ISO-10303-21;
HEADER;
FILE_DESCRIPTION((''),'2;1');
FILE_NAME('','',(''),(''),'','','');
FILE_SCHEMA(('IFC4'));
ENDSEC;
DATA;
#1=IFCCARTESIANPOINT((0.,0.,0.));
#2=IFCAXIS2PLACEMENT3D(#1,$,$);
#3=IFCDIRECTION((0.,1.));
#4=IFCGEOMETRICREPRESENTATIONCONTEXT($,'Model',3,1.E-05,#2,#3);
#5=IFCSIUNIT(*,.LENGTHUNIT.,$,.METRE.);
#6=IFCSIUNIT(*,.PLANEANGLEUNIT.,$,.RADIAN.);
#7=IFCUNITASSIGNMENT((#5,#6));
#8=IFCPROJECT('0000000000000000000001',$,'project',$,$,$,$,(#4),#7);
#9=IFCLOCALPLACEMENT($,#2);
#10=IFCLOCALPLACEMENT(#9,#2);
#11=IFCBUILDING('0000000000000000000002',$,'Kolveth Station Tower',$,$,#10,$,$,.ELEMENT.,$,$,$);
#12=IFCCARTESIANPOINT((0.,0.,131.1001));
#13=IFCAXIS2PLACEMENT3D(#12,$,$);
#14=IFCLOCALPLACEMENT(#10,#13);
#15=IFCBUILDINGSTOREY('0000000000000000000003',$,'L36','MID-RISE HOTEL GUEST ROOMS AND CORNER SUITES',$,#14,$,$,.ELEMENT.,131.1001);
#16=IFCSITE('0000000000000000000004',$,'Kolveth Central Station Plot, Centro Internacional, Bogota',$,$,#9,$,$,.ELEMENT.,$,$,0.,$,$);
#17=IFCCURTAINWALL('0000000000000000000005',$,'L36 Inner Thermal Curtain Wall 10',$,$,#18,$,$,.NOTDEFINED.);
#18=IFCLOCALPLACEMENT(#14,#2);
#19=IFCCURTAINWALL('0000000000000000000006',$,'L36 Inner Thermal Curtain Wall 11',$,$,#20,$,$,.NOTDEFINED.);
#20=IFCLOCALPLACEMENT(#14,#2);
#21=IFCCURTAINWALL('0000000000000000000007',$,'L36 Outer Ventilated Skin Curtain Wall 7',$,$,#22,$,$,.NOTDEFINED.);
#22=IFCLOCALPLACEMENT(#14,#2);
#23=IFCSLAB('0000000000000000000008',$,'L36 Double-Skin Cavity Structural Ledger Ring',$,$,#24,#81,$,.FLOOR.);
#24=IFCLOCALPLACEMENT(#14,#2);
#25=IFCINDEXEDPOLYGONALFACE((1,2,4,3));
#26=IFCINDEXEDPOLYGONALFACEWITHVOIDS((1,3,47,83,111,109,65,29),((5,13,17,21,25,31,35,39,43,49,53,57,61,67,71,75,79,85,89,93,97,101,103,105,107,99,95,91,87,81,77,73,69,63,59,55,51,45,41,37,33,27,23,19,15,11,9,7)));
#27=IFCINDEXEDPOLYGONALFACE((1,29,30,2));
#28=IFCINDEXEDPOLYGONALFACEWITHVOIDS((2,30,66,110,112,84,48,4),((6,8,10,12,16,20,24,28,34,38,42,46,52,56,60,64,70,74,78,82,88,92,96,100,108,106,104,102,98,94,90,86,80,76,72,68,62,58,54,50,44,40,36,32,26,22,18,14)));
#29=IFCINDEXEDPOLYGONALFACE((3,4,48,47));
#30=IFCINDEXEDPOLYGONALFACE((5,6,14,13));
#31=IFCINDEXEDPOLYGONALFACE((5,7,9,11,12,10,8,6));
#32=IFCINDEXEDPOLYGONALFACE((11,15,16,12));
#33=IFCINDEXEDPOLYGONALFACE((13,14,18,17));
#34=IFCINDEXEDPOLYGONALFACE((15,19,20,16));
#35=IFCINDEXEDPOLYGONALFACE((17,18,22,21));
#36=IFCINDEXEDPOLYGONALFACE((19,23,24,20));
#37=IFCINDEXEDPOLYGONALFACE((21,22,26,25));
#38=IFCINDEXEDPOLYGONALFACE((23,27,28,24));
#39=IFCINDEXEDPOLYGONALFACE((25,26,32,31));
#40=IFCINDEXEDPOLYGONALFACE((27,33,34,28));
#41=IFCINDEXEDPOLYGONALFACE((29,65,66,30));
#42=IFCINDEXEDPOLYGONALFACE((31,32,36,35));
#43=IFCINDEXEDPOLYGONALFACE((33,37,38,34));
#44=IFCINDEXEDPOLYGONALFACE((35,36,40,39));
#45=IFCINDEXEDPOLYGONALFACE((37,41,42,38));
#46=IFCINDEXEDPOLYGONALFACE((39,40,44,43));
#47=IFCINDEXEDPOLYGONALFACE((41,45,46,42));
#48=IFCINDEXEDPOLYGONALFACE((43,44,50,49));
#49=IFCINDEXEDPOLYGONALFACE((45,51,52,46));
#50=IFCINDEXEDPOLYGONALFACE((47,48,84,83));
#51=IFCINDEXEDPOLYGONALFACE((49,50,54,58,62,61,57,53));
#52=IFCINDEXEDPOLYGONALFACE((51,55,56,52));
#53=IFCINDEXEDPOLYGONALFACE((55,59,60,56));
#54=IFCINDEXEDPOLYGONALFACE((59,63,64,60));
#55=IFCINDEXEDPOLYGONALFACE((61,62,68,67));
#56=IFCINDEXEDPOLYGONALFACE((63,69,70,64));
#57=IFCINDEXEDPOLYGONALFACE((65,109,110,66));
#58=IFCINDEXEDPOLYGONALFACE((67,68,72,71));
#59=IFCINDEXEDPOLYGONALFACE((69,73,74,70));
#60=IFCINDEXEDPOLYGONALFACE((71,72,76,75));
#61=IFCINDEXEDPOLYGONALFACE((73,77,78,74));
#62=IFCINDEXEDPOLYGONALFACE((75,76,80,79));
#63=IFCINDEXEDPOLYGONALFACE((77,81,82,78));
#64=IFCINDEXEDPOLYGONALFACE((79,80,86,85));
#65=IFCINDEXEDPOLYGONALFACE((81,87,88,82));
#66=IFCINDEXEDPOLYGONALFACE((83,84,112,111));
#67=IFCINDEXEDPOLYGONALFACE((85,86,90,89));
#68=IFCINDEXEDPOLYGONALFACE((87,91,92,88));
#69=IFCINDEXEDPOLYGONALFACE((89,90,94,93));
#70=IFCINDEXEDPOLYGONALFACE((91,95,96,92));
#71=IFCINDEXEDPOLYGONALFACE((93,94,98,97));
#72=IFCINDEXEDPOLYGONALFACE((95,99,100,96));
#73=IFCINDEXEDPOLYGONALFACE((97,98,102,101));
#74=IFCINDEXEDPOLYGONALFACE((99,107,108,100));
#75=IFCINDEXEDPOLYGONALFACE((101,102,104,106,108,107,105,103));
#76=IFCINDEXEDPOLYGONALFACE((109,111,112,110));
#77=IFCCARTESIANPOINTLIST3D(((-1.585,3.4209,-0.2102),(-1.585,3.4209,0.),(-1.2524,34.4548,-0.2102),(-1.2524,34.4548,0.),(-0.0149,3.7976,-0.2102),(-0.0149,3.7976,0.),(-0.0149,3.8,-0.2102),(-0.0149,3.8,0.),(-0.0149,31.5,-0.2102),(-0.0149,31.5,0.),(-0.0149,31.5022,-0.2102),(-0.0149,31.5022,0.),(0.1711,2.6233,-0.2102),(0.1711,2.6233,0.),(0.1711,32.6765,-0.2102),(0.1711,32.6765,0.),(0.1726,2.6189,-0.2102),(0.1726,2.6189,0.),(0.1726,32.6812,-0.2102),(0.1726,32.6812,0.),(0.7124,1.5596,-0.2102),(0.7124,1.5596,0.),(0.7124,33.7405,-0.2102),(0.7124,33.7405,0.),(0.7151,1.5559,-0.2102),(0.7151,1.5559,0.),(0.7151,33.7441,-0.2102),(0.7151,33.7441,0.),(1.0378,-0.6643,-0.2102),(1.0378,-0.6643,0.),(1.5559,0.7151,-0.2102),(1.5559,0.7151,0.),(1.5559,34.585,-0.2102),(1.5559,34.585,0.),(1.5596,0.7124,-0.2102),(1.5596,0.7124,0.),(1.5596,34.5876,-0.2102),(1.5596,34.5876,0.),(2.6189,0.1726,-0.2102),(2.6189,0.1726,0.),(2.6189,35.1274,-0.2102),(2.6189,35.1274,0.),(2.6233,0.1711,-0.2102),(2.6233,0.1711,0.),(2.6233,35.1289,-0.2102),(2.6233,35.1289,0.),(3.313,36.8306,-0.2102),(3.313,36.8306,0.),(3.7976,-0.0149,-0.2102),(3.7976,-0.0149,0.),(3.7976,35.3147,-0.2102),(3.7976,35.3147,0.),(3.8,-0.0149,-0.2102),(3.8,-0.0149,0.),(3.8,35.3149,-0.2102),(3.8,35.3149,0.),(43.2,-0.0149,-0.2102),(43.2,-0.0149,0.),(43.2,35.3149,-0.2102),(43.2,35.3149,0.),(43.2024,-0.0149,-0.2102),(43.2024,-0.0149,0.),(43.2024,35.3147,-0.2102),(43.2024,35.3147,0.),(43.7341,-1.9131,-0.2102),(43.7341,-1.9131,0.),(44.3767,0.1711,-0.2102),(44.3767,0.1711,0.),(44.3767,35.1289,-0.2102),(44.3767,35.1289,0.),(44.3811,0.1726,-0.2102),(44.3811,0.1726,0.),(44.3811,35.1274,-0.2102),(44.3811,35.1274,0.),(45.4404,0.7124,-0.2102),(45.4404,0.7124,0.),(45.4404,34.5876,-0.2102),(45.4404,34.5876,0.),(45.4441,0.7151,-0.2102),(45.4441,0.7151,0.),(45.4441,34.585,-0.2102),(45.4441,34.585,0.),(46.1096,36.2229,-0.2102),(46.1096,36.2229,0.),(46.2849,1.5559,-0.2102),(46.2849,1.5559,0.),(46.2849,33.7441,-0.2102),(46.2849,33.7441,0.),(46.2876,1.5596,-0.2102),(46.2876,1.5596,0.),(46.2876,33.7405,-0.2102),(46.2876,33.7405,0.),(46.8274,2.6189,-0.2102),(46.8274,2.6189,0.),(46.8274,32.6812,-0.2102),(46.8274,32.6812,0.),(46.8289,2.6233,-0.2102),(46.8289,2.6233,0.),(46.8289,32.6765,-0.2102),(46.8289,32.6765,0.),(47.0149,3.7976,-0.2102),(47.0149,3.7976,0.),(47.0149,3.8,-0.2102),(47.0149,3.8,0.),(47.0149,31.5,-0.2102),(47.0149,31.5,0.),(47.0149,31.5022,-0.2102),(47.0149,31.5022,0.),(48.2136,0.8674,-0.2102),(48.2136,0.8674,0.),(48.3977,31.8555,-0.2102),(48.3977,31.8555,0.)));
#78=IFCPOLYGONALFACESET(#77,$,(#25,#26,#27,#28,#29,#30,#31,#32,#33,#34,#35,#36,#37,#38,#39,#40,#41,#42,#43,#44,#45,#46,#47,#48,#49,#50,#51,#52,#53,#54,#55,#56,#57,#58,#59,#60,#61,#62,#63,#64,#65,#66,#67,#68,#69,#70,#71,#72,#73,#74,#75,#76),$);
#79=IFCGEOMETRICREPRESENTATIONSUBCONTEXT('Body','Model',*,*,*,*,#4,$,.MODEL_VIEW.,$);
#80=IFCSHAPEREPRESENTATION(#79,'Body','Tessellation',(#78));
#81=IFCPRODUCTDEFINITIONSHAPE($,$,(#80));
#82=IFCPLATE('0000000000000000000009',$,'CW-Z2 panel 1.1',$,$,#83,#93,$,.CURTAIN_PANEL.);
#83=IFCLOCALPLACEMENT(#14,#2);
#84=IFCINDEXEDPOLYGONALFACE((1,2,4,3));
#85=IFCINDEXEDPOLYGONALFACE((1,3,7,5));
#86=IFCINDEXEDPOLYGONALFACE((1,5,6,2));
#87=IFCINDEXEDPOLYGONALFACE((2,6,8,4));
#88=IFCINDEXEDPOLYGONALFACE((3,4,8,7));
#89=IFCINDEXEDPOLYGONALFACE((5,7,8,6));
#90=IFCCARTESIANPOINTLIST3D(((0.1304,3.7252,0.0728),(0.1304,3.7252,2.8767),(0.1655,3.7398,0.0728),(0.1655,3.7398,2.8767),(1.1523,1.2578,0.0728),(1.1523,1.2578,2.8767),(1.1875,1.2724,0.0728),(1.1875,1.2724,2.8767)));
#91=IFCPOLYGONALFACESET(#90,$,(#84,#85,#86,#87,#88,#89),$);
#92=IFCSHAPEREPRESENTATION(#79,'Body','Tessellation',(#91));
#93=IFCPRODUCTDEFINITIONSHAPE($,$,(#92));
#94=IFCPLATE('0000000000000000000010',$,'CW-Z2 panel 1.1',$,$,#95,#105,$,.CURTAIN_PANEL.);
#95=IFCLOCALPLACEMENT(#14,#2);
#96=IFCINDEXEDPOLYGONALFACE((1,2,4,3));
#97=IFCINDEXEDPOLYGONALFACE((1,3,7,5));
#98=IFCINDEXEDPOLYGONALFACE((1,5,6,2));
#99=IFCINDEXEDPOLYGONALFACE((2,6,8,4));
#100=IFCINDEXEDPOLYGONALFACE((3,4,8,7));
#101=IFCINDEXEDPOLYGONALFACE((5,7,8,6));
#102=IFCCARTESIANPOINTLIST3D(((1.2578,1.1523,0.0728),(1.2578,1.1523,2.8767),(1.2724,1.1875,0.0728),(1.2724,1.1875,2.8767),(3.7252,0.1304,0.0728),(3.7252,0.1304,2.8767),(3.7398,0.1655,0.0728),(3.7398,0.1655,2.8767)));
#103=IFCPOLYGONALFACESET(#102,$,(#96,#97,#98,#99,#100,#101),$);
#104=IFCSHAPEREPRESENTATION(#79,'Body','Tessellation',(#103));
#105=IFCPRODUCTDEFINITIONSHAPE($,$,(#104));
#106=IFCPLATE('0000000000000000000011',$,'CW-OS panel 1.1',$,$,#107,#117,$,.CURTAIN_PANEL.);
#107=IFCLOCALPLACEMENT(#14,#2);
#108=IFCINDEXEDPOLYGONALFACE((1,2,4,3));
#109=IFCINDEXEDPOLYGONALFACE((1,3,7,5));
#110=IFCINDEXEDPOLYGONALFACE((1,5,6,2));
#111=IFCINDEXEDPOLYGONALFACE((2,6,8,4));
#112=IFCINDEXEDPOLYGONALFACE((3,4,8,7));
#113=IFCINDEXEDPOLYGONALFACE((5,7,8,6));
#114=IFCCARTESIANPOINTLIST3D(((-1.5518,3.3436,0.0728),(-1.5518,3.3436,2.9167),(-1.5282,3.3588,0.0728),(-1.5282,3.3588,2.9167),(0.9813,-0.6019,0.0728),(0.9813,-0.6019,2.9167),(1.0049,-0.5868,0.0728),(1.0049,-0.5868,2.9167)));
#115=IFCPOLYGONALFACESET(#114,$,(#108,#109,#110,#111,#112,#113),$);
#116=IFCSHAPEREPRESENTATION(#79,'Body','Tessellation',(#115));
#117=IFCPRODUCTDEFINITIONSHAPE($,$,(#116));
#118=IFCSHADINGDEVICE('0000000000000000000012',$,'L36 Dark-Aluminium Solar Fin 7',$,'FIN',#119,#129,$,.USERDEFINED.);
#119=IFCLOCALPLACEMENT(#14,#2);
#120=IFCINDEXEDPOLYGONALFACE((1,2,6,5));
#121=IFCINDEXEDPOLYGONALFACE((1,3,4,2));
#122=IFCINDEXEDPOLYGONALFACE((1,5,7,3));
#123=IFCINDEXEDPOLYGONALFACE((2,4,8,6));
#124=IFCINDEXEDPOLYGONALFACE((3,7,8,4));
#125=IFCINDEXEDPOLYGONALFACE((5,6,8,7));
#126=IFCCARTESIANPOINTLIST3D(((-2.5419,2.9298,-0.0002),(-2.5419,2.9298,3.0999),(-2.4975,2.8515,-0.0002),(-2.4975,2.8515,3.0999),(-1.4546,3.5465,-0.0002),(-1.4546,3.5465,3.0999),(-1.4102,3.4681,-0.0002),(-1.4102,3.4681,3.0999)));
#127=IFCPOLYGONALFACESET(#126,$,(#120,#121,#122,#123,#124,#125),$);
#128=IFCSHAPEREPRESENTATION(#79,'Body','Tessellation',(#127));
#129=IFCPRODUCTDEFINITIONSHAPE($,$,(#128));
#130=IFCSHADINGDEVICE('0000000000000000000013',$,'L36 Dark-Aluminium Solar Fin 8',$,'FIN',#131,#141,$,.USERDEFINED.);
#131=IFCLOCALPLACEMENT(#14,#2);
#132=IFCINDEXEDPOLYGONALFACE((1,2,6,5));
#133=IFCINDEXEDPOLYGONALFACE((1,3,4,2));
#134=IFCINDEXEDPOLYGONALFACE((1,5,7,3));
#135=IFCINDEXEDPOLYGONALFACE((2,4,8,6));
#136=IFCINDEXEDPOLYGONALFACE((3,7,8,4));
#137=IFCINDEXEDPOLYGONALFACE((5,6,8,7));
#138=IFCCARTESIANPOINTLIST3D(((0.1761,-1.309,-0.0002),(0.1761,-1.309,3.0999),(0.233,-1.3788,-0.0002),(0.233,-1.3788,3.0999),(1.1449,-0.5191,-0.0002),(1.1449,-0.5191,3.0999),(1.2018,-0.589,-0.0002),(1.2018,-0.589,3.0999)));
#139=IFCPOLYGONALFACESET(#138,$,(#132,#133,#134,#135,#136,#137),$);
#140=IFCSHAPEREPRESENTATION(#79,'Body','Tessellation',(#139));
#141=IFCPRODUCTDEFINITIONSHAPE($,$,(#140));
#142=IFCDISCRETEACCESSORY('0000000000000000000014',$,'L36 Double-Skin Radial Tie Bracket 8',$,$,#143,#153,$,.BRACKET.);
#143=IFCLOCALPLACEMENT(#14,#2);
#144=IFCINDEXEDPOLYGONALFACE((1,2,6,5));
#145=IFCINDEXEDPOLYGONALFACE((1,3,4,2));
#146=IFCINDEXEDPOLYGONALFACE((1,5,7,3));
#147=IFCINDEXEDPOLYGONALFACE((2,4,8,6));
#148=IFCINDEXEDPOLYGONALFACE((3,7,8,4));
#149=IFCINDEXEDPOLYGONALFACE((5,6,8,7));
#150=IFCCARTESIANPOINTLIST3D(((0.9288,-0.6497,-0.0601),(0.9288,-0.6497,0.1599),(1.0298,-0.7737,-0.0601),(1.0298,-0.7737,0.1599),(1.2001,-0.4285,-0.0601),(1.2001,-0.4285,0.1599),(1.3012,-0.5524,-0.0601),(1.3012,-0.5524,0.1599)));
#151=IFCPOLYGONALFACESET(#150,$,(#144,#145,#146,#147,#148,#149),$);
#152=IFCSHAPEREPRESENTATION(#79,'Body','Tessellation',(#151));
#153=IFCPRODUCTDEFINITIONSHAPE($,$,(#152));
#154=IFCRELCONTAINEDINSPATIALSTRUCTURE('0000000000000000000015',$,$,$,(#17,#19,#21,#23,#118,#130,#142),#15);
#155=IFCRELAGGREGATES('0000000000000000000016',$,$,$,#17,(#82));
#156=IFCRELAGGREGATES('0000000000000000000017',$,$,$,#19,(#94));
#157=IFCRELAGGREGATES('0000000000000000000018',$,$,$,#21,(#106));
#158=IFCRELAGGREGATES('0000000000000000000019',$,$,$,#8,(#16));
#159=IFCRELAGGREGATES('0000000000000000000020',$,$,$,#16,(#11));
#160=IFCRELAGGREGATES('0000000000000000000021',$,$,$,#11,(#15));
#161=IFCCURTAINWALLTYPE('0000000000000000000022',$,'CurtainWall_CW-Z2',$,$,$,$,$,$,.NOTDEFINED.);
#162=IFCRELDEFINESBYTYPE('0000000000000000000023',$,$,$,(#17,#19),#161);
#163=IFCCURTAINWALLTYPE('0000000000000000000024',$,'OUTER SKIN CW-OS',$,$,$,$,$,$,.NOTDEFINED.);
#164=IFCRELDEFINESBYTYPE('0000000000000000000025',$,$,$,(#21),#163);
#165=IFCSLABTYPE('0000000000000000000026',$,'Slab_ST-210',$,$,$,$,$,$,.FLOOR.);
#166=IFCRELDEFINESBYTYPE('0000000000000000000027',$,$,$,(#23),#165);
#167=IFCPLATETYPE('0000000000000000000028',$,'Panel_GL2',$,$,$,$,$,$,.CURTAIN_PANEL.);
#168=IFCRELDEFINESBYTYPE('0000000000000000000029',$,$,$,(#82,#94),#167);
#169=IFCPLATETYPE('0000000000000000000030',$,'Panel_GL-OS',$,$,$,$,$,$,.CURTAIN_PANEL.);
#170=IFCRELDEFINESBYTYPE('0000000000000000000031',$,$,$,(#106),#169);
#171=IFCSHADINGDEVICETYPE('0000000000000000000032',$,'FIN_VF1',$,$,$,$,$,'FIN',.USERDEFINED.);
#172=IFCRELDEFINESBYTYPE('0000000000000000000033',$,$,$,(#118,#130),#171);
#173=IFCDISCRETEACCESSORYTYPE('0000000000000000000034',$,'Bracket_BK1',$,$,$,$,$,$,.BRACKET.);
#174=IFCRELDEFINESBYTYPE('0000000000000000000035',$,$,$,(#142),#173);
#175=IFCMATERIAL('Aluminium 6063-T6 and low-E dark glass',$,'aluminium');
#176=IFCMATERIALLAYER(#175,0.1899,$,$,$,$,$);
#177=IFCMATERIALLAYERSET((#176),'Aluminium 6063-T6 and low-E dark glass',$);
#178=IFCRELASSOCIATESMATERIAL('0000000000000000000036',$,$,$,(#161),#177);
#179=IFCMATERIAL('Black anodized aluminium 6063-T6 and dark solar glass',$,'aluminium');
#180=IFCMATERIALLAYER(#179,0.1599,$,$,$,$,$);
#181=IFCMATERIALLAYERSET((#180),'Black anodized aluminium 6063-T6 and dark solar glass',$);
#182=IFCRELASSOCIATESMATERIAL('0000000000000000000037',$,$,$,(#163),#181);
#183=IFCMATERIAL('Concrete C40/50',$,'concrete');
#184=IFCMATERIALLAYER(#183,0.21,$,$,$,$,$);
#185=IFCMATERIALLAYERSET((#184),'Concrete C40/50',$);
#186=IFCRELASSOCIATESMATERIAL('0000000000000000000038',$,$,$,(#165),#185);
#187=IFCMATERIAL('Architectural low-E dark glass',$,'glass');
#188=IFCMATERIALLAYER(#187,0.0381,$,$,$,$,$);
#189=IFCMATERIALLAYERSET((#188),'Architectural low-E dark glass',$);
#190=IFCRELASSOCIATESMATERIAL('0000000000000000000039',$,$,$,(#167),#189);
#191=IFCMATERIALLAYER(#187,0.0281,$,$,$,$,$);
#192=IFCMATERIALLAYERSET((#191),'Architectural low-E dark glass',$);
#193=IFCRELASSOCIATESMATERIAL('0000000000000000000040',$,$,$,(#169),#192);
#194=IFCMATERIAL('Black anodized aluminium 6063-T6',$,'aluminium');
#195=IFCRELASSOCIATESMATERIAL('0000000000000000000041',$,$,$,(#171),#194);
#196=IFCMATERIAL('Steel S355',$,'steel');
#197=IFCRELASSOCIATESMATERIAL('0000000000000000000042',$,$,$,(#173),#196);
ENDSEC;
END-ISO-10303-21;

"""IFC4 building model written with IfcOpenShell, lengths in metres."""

from ifc_helpers import new_model, si_unit, direction, frame, origin, origin_2d, place, context, subcontext, project, spatial, polyline, rectangle, outline, extrude, source, transform, mapped, material, layer, layer_set, type_object, element, aggregate, save


model = new_model("IFC4")

# Units and contexts
model_context = context("Model", 3, precision=1e-05, world=origin(), true_north=direction((0.0, 1.0)))
body_context = subcontext(model_context, "Body", "Model", "MODEL_VIEW")
ifc_project = project(units=[si_unit("LENGTHUNIT", "METRE"), si_unit("PLANEANGLEUNIT", "RADIAN")], contexts=[model_context])

# Site, building, storey
site_placement = place(None, origin())
site = spatial("IfcSite", under=ifc_project, at=site_placement, Name="Kolveth Central Station Plot, Centro Internacional, Bogota", CompositionType="ELEMENT", RefElevation=0.0)
building_placement = place(site_placement, origin())
building = spatial("IfcBuilding", under=site, at=building_placement, Name="Kolveth Station Tower", CompositionType="ELEMENT")
storey_placement = place(building_placement, frame((0.0, 0.0, 131.1001)))
storey = spatial("IfcBuildingStorey", under=building, at=storey_placement, Name="L36", Description="MID-RISE HOTEL GUEST ROOMS AND CORNER SUITES", CompositionType="ELEMENT", Elevation=131.1001)

# Curtain wall
ifc_material_1 = material(Name="Aluminium 6063-T6 and low-E dark glass", Category="aluminium")
ifc_layer_1 = layer(ifc_material_1, 0.1899)
ifc_layer_set_1 = layer_set([ifc_layer_1], Name="Aluminium 6063-T6 and low-E dark glass")
curtain_wall_type_1 = type_object("IfcCurtainWallType", Name="CurtainWall_CW-Z2", PredefinedType="NOTDEFINED", material=ifc_layer_set_1)
curtain_wall_1_placement = place(storey_placement, origin())
curtain_wall_1 = element("IfcCurtainWall", 1, at=curtain_wall_1_placement, inside=storey, type_object=curtain_wall_type_1, Name="L36 Inner Thermal Curtain Wall 10", PredefinedType="NOTDEFINED")
ifc_material_2 = material(Name="Black anodized aluminium 6063-T6", Category="aluminium")

# Curtain wall
curtain_wall_2_placement = place(storey_placement, origin())
curtain_wall_2 = element("IfcCurtainWall", 2, at=curtain_wall_2_placement, inside=storey, type_object=curtain_wall_type_1, Name="L36 Inner Thermal Curtain Wall 11", PredefinedType="NOTDEFINED")

# Curtain wall
ifc_material_3 = material(Name="Black anodized aluminium 6063-T6 and dark solar glass", Category="aluminium")
ifc_layer_2 = layer(ifc_material_3, 0.1599)
ifc_layer_set_2 = layer_set([ifc_layer_2], Name="Black anodized aluminium 6063-T6 and dark solar glass")
curtain_wall_type_2 = type_object("IfcCurtainWallType", Name="OUTER SKIN CW-OS", PredefinedType="NOTDEFINED", material=ifc_layer_set_2)
curtain_wall_3_placement = place(storey_placement, origin())
curtain_wall_3 = element("IfcCurtainWall", 3, at=curtain_wall_3_placement, inside=storey, type_object=curtain_wall_type_2, Name="L36 Outer Ventilated Skin Curtain Wall 7", PredefinedType="NOTDEFINED")

# Shared definitions
ifc_material_4 = material(Name="Concrete C40/50", Category="concrete")

# Slab
ifc_layer_3 = layer(ifc_material_4, 0.21)
ifc_layer_set_3 = layer_set([ifc_layer_3], Name="Concrete C40/50")
slab_type_1 = type_object("IfcSlabType", Name="Slab_ST-210", PredefinedType="FLOOR", material=ifc_layer_set_3)
slab_1_placement = place(storey_placement, frame((0.0, 0.0, -0.2102)))
element("IfcSlab", 4, at=slab_1_placement, inside=storey, type_object=slab_type_1, Name="L36 Double-Skin Cavity Structural Ledger Ring", PredefinedType="FLOOR", context=body_context, shape_type="SweptSolid", body=[
    extrude(outline(polyline([(1.0378, -0.6643), (-1.585, 3.4209), (-1.2524, 34.4548), (3.313, 36.8306), (46.1096, 36.2229), (48.3977, 31.8555), (48.2136, 0.8674), (43.7341, -1.9131), (1.0378, -0.6643)]), holes=[polyline([(43.2024, -0.0149), (44.3767, 0.1711), (44.3811, 0.1726), (45.4404, 0.7124), (45.4441, 0.7151), (46.2849, 1.5559), (46.2876, 1.5596), (46.8274, 2.6189), (46.8289, 2.6233), (47.0149, 3.7976), (47.0149, 3.8), (47.0149, 31.5), (47.0149, 31.5022), (46.8289, 32.6765), (46.8274, 32.6812), (46.2876, 33.7405), (46.2849, 33.7441), (45.4441, 34.585), (45.4404, 34.5876), (44.3811, 35.1274), (44.3767, 35.1289), (43.2024, 35.3147), (43.2, 35.3149), (3.8, 35.3149), (3.7976, 35.3147), (2.6233, 35.1289), (2.6189, 35.1274), (1.5596, 34.5876), (1.5559, 34.585), (0.7151, 33.7441), (0.7124, 33.7405), (0.1726, 32.6812), (0.1711, 32.6765), (-0.0149, 31.5022), (-0.0149, 31.5), (-0.0149, 3.8), (-0.0149, 3.7976), (0.1711, 2.6233), (0.1726, 2.6189), (0.7124, 1.5596), (0.7151, 1.5559), (1.5559, 0.7151), (1.5596, 0.7124), (2.6189, 0.1726), (2.6233, 0.1711), (3.7976, -0.0149), (3.8, -0.0149), (43.2, -0.0149), (43.2024, -0.0149)])]), origin(), (0.0, 0.0, 1.0), 0.2102),
])

# Plates
ifc_material_5 = material(Name="Architectural low-E dark glass", Category="glass")
ifc_layer_4 = layer(ifc_material_5, 0.0381)
ifc_layer_set_4 = layer_set([ifc_layer_4], Name="Architectural low-E dark glass")
plate_type_1 = type_object("IfcPlateType", Name="Panel_GL2", PredefinedType="CURTAIN_PANEL", material=ifc_layer_set_4)
shared_shape_1 = source(origin(), body_context, "Body", "SweptSolid", [
    extrude(rectangle(XDim=2.6707, YDim=0.0381, at=origin_2d()), origin(), (0.0, 0.0, 1.0), 2.804),
])
plate_1_placement = place(storey_placement, frame((0.6589, 2.4988, 0.0728), z_axis=(0.0, 0.0, 1.0), x_axis=(0.382663, -0.923888, 0.0)))
plate_1 = element("IfcPlate", 5, at=plate_1_placement, type_object=plate_type_1, Name="CW-Z2 panel 1.1", PredefinedType="CURTAIN_PANEL", context=body_context, shape_type="MappedRepresentation", body=[
    mapped(shared_shape_1, transform((0.0, 0.0, 0.0), x_axis=(1.0, 0.0, 0.0), y_axis=(0.0, 1.0, 0.0), z_axis=(0.0, 0.0, 1.0), scale=1.0)),
])
aggregate(curtain_wall_1, [plate_1])
plate_2_placement = place(storey_placement, frame((2.4988, 0.6589, 0.0728), z_axis=(0.0, 0.0, 1.0), x_axis=(0.923888, -0.382663, 0.0)))
plate_2 = element("IfcPlate", 6, at=plate_2_placement, type_object=plate_type_1, Name="CW-Z2 panel 1.1", PredefinedType="CURTAIN_PANEL", context=body_context, shape_type="MappedRepresentation", body=[
    mapped(shared_shape_1, transform((0.0, 0.0, 0.0), x_axis=(1.0, 0.0, 0.0), y_axis=(0.0, 1.0, 0.0), z_axis=(0.0, 0.0, 1.0), scale=1.0)),
])
aggregate(curtain_wall_2, [plate_2])
ifc_layer_5 = layer(ifc_material_5, 0.0281)
ifc_layer_set_5 = layer_set([ifc_layer_5], Name="Architectural low-E dark glass")
plate_type_2 = type_object("IfcPlateType", Name="Panel_GL-OS", PredefinedType="CURTAIN_PANEL", material=ifc_layer_set_5)
shared_shape_2 = source(origin(), body_context, "Body", "SweptSolid", [
    extrude(rectangle(XDim=4.6887, YDim=0.0281, at=origin_2d()), origin(), (0.0, 0.0, 1.0), 2.844),
])
plate_3_placement = place(storey_placement, frame((-0.2734, 1.3784, 0.0728), z_axis=(0.0, 0.0, 1.0), x_axis=(0.540262, -0.841497, 0.0)))
plate_3 = element("IfcPlate", 7, at=plate_3_placement, type_object=plate_type_2, Name="CW-OS panel 1.1", PredefinedType="CURTAIN_PANEL", context=body_context, shape_type="MappedRepresentation", body=[
    mapped(shared_shape_2, transform((0.0, 0.0, 0.0), x_axis=(1.0, 0.0, 0.0), y_axis=(0.0, 1.0, 0.0), z_axis=(0.0, 0.0, 1.0), scale=1.0)),
])
aggregate(curtain_wall_3, [plate_3])

# Shading devices
shading_device_type = type_object("IfcShadingDeviceType", Name="FIN_VF1", ElementType="FIN", PredefinedType="USERDEFINED", material=ifc_material_2)
shared_shape_3 = source(origin(), body_context, "Body", "SweptSolid", [
    extrude(rectangle(XDim=1.25, YDim=0.0901, at=origin_2d()), origin(), (0.0, 0.0, 1.0), 3.1001),
])
for number, where, z_axis, x_axis, name in (
    (8, (-1.9761, 3.199, -0.0002), (0.0, 0.0, 1.0), (-0.86984, -0.493335, 0.0), "L36 Dark-Aluminium Solar Fin 7"),
    (9, (0.689, -0.949, -0.0002), (0.0, 0.0, 1.0), (-0.775055, -0.631894, 0.0), "L36 Dark-Aluminium Solar Fin 8"),
):
    element("IfcShadingDevice", number, at=place(storey_placement, frame(where, z_axis=z_axis, x_axis=x_axis)), inside=storey, type_object=shading_device_type, Name=name, ObjectType="FIN", PredefinedType="USERDEFINED", context=body_context, shape_type="MappedRepresentation", body=[
        mapped(shared_shape_3, transform((0.0, 0.0, 0.0), x_axis=(1.0, 0.0, 0.0), y_axis=(0.0, 1.0, 0.0), z_axis=(0.0, 0.0, 1.0), scale=1.0)),
    ])

# Discrete accessory
ifc_material_6 = material(Name="Steel S355", Category="steel")
discrete_accessory_type = type_object("IfcDiscreteAccessoryType", Name="Bracket_BK1", PredefinedType="BRACKET", material=ifc_material_6)
shared_shape_4 = source(origin(), body_context, "Body", "SweptSolid", [
    extrude(rectangle(XDim=0.3501, YDim=0.1599, at=origin_2d()), origin(), (0.0, 0.0, 1.0), 0.22),
])
discrete_accessory_placement = place(storey_placement, frame((1.115, -0.6011, -0.0601), z_axis=(0.0, 0.0, 1.0), x_axis=(-0.775055, -0.631894, 0.0)))
element("IfcDiscreteAccessory", 10, at=discrete_accessory_placement, inside=storey, type_object=discrete_accessory_type, Name="L36 Double-Skin Radial Tie Bracket 8", PredefinedType="BRACKET", context=body_context, shape_type="MappedRepresentation", body=[
    mapped(shared_shape_4, transform((0.0, 0.0, 0.0), x_axis=(1.0, 0.0, 0.0), y_axis=(0.0, 1.0, 0.0), z_axis=(0.0, 0.0, 1.0), scale=1.0)),
])

save(model, "model.ifc")
